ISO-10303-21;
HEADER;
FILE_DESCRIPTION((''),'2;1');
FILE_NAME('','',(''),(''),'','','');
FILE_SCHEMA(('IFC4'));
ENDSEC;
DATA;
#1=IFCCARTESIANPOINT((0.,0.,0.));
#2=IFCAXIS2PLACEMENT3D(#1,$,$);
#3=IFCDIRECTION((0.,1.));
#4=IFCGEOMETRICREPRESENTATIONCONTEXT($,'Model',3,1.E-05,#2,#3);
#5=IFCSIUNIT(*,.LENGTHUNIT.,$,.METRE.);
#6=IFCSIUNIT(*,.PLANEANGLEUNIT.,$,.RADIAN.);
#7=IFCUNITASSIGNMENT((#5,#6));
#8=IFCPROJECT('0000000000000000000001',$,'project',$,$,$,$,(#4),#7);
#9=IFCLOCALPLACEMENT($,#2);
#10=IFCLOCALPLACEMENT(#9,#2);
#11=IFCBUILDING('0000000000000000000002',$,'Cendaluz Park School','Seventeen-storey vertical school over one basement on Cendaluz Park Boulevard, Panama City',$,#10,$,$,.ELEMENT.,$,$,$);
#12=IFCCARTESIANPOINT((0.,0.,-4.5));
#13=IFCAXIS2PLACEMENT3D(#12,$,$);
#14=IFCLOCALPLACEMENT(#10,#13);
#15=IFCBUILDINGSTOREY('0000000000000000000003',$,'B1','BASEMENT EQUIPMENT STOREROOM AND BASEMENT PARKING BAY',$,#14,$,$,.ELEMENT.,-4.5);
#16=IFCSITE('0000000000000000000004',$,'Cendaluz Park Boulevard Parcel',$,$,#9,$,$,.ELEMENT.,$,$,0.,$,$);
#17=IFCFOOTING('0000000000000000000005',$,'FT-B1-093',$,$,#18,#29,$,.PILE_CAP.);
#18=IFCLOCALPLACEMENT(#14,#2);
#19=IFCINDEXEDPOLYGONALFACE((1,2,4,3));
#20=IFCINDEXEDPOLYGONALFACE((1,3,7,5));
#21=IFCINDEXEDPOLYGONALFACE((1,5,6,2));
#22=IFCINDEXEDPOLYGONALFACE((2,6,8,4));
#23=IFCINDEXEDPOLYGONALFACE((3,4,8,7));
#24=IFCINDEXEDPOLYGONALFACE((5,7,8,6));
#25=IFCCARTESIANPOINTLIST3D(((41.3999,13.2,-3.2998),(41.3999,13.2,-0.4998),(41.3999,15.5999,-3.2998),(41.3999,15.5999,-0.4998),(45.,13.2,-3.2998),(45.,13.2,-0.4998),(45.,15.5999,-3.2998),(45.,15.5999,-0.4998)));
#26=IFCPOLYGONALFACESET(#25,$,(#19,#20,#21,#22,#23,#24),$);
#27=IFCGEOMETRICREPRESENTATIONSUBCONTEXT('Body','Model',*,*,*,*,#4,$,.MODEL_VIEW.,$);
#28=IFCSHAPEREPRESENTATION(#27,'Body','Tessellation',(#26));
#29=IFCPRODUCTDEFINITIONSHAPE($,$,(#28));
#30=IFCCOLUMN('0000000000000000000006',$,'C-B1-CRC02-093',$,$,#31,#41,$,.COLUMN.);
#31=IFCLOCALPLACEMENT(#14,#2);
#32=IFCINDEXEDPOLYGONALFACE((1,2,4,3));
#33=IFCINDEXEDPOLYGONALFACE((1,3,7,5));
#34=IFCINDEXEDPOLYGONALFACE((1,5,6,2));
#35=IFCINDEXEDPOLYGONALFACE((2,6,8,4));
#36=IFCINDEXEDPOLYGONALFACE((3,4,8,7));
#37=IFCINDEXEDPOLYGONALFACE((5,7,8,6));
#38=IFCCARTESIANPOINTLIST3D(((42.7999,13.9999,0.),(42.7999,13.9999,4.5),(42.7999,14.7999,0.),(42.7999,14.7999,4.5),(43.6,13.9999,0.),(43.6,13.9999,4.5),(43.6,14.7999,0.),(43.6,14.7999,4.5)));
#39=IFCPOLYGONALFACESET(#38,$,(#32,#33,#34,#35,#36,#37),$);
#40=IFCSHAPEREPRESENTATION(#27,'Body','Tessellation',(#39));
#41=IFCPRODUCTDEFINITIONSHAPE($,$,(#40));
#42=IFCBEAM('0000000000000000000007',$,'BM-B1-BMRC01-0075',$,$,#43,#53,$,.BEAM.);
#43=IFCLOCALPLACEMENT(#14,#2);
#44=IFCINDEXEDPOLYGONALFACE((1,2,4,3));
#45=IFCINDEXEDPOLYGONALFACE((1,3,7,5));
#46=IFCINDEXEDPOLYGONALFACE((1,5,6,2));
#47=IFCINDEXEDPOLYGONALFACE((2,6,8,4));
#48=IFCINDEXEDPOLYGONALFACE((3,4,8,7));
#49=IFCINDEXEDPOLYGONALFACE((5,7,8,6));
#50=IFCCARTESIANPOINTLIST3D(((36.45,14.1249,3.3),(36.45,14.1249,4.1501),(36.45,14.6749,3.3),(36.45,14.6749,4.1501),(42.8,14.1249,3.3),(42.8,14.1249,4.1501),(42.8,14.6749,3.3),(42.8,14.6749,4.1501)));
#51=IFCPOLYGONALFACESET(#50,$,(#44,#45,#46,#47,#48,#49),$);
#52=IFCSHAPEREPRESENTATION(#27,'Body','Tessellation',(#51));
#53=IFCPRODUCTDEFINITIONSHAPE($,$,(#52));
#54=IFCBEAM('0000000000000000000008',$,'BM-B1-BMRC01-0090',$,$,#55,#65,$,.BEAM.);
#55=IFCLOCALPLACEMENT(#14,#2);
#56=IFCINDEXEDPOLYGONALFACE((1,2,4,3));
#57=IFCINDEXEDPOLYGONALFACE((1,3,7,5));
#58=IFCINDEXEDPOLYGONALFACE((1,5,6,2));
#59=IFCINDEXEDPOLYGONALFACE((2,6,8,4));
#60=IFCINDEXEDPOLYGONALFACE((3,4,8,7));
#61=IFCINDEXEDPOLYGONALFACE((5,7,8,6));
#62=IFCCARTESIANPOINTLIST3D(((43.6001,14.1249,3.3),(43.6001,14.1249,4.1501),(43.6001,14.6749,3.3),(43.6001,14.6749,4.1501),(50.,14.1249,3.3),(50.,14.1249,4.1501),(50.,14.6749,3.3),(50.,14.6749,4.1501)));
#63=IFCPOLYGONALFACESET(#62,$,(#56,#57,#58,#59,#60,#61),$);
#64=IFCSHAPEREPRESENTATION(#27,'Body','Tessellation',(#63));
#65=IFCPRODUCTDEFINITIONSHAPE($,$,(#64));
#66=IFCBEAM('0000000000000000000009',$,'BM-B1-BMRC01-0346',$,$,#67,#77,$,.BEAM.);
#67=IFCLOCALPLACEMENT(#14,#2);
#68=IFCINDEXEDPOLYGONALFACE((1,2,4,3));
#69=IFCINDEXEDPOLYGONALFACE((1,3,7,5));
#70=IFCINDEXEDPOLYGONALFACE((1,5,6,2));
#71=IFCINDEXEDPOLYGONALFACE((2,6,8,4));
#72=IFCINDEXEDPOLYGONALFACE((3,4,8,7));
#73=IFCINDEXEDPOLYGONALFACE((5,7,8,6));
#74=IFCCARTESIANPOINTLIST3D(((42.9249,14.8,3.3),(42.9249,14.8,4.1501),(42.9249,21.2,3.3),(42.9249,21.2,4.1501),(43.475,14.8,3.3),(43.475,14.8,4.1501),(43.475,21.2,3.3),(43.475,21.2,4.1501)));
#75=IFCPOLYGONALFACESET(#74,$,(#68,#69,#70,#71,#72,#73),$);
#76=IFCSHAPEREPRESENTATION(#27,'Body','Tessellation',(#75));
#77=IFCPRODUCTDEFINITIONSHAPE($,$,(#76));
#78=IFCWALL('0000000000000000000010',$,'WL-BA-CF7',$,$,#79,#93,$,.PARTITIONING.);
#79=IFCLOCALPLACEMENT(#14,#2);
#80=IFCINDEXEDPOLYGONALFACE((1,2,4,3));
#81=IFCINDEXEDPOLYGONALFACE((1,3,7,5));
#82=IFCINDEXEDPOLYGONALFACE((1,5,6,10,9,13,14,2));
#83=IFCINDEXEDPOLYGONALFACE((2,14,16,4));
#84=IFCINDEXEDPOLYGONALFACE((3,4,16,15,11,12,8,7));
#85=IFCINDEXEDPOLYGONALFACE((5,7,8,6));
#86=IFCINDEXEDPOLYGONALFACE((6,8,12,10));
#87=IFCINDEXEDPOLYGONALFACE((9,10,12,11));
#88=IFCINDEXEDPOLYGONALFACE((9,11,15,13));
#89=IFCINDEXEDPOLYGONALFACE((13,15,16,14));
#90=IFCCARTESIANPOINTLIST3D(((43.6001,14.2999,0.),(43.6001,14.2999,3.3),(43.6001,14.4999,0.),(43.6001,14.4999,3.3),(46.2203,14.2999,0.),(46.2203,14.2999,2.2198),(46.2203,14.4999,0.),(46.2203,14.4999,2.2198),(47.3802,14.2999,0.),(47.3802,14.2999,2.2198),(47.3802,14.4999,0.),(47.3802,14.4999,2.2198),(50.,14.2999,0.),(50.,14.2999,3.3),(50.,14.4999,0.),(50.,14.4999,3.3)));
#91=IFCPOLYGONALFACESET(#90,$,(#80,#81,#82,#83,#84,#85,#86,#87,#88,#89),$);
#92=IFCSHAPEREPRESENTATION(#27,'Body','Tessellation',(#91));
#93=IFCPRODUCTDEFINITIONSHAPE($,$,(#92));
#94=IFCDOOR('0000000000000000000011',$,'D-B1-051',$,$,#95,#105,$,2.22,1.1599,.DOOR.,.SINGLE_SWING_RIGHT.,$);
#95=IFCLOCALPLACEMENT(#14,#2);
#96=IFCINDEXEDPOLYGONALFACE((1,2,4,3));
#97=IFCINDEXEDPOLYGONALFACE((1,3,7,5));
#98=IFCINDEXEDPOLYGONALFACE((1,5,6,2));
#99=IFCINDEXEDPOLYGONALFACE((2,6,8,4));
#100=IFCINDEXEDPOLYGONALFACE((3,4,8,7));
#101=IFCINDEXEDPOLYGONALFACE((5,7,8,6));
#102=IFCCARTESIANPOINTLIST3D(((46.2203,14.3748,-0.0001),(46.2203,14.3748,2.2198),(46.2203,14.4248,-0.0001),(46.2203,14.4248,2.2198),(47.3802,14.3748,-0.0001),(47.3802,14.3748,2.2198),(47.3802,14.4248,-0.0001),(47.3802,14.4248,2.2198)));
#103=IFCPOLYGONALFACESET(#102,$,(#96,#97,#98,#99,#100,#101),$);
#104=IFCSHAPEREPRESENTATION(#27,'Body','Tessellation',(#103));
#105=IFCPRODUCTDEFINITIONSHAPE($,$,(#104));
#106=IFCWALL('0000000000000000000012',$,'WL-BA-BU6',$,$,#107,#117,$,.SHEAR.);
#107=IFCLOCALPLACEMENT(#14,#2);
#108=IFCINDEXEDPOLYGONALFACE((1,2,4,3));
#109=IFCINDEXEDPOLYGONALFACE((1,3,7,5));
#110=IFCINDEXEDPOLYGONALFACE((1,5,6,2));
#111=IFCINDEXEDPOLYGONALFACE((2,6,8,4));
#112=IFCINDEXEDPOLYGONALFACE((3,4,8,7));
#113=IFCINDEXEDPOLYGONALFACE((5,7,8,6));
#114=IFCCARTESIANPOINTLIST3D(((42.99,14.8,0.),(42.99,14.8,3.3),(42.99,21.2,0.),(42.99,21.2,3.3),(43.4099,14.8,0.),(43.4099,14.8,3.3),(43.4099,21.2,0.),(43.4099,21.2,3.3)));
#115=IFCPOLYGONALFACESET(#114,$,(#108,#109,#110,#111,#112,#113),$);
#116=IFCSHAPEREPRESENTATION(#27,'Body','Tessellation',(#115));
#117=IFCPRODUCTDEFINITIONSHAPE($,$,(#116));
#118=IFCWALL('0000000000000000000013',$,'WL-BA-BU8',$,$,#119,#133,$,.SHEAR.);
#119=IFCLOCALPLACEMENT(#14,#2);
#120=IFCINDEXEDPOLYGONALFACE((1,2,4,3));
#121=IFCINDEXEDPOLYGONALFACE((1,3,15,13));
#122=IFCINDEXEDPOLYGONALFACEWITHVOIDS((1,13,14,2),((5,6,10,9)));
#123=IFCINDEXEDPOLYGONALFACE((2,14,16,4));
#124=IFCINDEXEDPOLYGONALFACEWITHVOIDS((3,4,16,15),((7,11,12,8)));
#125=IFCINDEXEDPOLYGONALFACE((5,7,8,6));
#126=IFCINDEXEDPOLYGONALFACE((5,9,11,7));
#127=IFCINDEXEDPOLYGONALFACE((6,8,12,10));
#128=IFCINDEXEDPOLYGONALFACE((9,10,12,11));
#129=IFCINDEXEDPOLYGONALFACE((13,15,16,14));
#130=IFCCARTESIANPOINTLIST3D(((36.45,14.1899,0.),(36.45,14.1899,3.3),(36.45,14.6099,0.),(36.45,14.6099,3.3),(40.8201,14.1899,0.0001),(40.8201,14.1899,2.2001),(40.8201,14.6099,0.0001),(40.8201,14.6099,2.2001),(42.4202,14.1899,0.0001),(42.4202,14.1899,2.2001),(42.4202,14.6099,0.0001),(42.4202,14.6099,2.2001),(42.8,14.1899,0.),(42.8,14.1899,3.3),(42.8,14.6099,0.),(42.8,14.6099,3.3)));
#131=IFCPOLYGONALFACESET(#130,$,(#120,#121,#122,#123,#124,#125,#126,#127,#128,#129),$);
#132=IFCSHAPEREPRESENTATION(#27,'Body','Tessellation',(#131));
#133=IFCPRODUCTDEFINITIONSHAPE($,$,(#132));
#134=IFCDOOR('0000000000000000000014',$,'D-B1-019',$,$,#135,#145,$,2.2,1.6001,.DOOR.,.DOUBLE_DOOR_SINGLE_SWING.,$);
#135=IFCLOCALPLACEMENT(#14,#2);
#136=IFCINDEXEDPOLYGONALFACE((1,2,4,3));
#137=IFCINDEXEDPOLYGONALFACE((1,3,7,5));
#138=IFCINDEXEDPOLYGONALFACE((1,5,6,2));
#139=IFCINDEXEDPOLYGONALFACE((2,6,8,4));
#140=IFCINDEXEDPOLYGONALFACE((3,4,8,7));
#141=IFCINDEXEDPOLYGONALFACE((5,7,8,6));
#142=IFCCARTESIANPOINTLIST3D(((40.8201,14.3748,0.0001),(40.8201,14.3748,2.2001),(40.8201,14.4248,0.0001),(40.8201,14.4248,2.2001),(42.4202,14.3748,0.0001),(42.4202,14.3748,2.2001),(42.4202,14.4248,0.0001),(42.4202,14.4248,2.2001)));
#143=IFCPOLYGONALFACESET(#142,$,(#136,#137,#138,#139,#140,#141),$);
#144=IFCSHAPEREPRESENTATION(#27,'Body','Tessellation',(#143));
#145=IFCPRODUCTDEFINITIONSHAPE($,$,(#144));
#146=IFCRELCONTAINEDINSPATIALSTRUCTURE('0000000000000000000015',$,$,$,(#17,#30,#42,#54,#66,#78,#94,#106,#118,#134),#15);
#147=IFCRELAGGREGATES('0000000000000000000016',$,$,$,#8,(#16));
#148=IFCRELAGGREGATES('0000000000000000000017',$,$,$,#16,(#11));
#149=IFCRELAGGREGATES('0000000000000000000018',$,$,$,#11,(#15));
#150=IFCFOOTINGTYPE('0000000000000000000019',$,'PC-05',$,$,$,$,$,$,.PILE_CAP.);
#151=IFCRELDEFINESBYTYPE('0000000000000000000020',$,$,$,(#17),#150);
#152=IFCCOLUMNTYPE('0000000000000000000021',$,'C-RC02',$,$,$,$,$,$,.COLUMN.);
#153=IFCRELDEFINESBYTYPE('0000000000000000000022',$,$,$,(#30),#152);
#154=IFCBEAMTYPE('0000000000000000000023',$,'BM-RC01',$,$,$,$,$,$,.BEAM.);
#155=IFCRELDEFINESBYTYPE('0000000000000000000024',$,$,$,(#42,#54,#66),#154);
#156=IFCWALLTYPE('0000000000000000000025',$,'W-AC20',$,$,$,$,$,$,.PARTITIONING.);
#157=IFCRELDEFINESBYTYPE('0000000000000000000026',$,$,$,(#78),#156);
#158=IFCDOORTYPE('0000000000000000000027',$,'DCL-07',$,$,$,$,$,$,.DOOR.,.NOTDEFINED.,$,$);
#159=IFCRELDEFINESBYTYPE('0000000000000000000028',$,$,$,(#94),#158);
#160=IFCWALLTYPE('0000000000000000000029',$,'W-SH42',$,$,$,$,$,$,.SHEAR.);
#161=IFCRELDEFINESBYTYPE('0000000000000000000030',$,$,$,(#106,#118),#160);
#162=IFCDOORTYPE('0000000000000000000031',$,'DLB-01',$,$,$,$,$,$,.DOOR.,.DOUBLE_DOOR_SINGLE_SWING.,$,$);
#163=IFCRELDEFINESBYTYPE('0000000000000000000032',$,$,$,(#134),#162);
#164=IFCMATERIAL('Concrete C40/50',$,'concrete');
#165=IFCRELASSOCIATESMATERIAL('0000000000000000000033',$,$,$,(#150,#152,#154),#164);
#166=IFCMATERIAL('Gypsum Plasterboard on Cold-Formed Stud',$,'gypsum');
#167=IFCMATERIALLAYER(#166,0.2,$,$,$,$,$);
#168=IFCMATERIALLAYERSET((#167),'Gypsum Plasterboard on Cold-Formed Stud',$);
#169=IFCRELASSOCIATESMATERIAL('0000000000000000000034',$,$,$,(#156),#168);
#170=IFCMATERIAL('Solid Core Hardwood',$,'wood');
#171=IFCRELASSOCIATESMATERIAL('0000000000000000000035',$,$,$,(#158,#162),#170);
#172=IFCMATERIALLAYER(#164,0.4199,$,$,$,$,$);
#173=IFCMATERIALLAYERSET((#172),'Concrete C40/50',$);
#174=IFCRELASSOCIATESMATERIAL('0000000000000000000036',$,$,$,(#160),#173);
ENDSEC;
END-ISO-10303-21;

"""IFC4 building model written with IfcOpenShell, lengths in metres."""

from ifc_helpers import new_model, si_unit, direction, frame, frame_2d, origin, origin_2d, place, context, subcontext, project, spatial, rectangle, extrude, material, layer, layer_set, material_profile, profile_set, type_object, element, fill, save


model = new_model("IFC4")

# Units and contexts
model_context = context("Model", 3, precision=1e-05, world=origin(), true_north=direction((0.0, 1.0)))
body_context = subcontext(model_context, "Body", "Model", "MODEL_VIEW")
ifc_project = project(units=[si_unit("LENGTHUNIT", "METRE"), si_unit("PLANEANGLEUNIT", "RADIAN")], contexts=[model_context])

# Site, building, storey
site_placement = place(None, origin())
site = spatial("IfcSite", under=ifc_project, at=site_placement, Name="Cendaluz Park Boulevard Parcel", CompositionType="ELEMENT", RefElevation=0.0)
building_placement = place(site_placement, origin())
building = spatial("IfcBuilding", under=site, at=building_placement, Name="Cendaluz Park School", Description="Seventeen-storey vertical school over one basement on Cendaluz Park Boulevard, Panama City", CompositionType="ELEMENT")
storey_placement = place(building_placement, frame((0.0, 0.0, -4.5)))
storey = spatial("IfcBuildingStorey", under=building, at=storey_placement, Name="B1", Description="BASEMENT EQUIPMENT STOREROOM AND BASEMENT PARKING BAY", CompositionType="ELEMENT", Elevation=-4.5)

# Shared definitions
ifc_material_1 = material(Name="Concrete C40/50", Category="concrete")

# Footing
footing_type = type_object("IfcFootingType", Name="PC-05", PredefinedType="PILE_CAP", material=ifc_material_1)
for number, where, z_axis, x_axis, name in (
    (1, (43.2, 14.3999, -3.2998), (0.0, 0.0, 1.0), (1.0, 0.0, 0.0), "FT-B1-093"),
):
    element("IfcFooting", number, at=place(storey_placement, frame(where, z_axis=z_axis, x_axis=x_axis)), inside=storey, type_object=footing_type, Name=name, PredefinedType="PILE_CAP", context=body_context, shape_type="SweptSolid", body=[
        extrude(rectangle(XDim=3.6001, YDim=2.3999, at=origin_2d()), origin(), (0.0, 0.0, 1.0), 2.8),
    ])

# Column
ifc_material_profile_1 = material_profile(ifc_material_1, rectangle(XDim=0.8, YDim=0.8, at=origin_2d()), Name="RC 800x800", Category="concrete")
ifc_profile_set_1 = profile_set([ifc_material_profile_1], Name="Concrete C40/50")
column_type = type_object("IfcColumnType", Name="C-RC02", PredefinedType="COLUMN", material=ifc_profile_set_1)
column_placement = place(storey_placement, frame((43.2, 14.3999, 0.0), z_axis=(0.0, 0.0, 1.0), x_axis=(1.0, 0.0, 0.0)))
element("IfcColumn", 2, at=column_placement, inside=storey, type_object=column_type, Name="C-B1-CRC02-093", PredefinedType="COLUMN", context=body_context, shape_type="SweptSolid", body=[
    extrude(rectangle(XDim=0.8, YDim=0.8, at=origin_2d()), origin(), (0.0, 0.0, 1.0), 4.5),
])

# Beams
ifc_material_profile_2 = material_profile(ifc_material_1, rectangle(XDim=0.55, YDim=0.8501, at=origin_2d()), Name="RC 550x850", Category="concrete")
ifc_profile_set_2 = profile_set([ifc_material_profile_2], Name="Concrete C40/50")
beam_type = type_object("IfcBeamType", Name="BM-RC01", PredefinedType="BEAM", material=ifc_profile_set_2)
beam_placement = place(storey_placement, frame((36.45, 14.3999, 3.7251), z_axis=(1.0, 0.0, 0.0), x_axis=(0.0, 1.0, 0.0)))
element("IfcBeam", 3, at=beam_placement, inside=storey, type_object=beam_type, Name="BM-B1-BMRC01-0075", PredefinedType="BEAM", context=body_context, shape_type="SweptSolid", body=[
    extrude(rectangle(XDim=0.55, YDim=0.8501, at=origin_2d()), origin(), (0.0, 0.0, 1.0), 6.3501),
])
for number, where, z_axis, x_axis, name in (
    (4, (43.6001, 14.3999, 3.7251), (1.0, 0.0, 0.0), (0.0, 1.0, 0.0), "BM-B1-BMRC01-0090"),
    (5, (43.2, 14.8, 3.7251), (0.0, 1.0, 0.0), (-1.0, 0.0, 0.0), "BM-B1-BMRC01-0346"),
):
    element("IfcBeam", number, at=place(storey_placement, frame(where, z_axis=z_axis, x_axis=x_axis)), inside=storey, type_object=beam_type, Name=name, PredefinedType="BEAM", context=body_context, shape_type="SweptSolid", body=[
        extrude(rectangle(XDim=0.55, YDim=0.8501, at=origin_2d()), origin(), (0.0, 0.0, 1.0), 6.3999),
    ])

# Wall, opening, door
ifc_material_2 = material(Name="Gypsum Plasterboard on Cold-Formed Stud", Category="gypsum")
ifc_layer_1 = layer(ifc_material_2, 0.2)
ifc_layer_set_1 = layer_set([ifc_layer_1], Name="Gypsum Plasterboard on Cold-Formed Stud")
wall_type_1 = type_object("IfcWallType", Name="W-AC20", PredefinedType="PARTITIONING", material=ifc_layer_set_1)
wall_1_placement = place(storey_placement, frame((43.6001, 14.3999, 0.0), z_axis=(0.0, 0.0, 1.0), x_axis=(1.0, 0.0, 0.0)))
wall_1 = element("IfcWall", 6, at=wall_1_placement, inside=storey, type_object=wall_type_1, Name="WL-BA-CF7", PredefinedType="PARTITIONING", context=body_context, shape_type="SweptSolid", body=[
    extrude(rectangle(XDim=6.3999, YDim=0.2, at=frame_2d((3.2, 0.0))), origin(), (0.0, 0.0, 1.0), 3.3),
])
opening_1_placement = place(wall_1_placement, frame((2.6201, 0.0, 0.0)))
opening_1 = element("IfcOpeningElement", 7, at=opening_1_placement, cuts=wall_1, PredefinedType="OPENING", context=body_context, shape_type="SweptSolid", body=[
    extrude(rectangle(XDim=1.1599, YDim=2.22, at=frame_2d((0.5801, 1.1099))), frame((0.0, 0.1121, 0.0), z_axis=(0.0, -1.0, 0.0), x_axis=(1.0, 0.0, 0.0)), (0.0, 0.0, 1.0), 0.2239),
])
ifc_material_3 = material(Name="Solid Core Hardwood", Category="wood")
door_type_1 = type_object("IfcDoorType", Name="DCL-07", OperationType="NOTDEFINED", PredefinedType="DOOR", material=ifc_material_3)
door_1_placement = place(opening_1_placement, origin())
door_1 = element("IfcDoor", 8, at=door_1_placement, inside=storey, type_object=door_type_1, Name="D-B1-051", OperationType="SINGLE_SWING_RIGHT", OverallHeight=2.22, OverallWidth=1.1599, PredefinedType="DOOR", context=body_context, shape_type="SweptSolid", body=[
    extrude(rectangle(XDim=1.1599, YDim=2.22, at=frame_2d((0.5801, 1.1099))), frame((0.0, 0.0249, 0.0), z_axis=(0.0, -1.0, 0.0), x_axis=(1.0, 0.0, 0.0)), (0.0, 0.0, 1.0), 0.05),
])
fill(opening_1, door_1)

# Wall
ifc_layer_2 = layer(ifc_material_1, 0.4199)
ifc_layer_set_2 = layer_set([ifc_layer_2], Name="Concrete C40/50")
wall_type_2 = type_object("IfcWallType", Name="W-SH42", PredefinedType="SHEAR", material=ifc_layer_set_2)
wall_2_placement = place(storey_placement, frame((43.2, 14.8, 0.0), z_axis=(0.0, 0.0, 1.0), x_axis=(0.0, 1.0, 0.0)))
element("IfcWall", 9, at=wall_2_placement, inside=storey, type_object=wall_type_2, Name="WL-BA-BU6", PredefinedType="SHEAR", context=body_context, shape_type="SweptSolid", body=[
    extrude(rectangle(XDim=6.3999, YDim=0.4199, at=frame_2d((3.2, 0.0))), origin(), (0.0, 0.0, 1.0), 3.3),
])

# Wall, opening, door
wall_3_placement = place(storey_placement, frame((36.45, 14.3999, 0.0), z_axis=(0.0, 0.0, 1.0), x_axis=(1.0, 0.0, 0.0)))
wall_3 = element("IfcWall", 10, at=wall_3_placement, inside=storey, type_object=wall_type_2, Name="WL-BA-BU8", PredefinedType="SHEAR", context=body_context, shape_type="SweptSolid", body=[
    extrude(rectangle(XDim=6.3501, YDim=0.4199, at=frame_2d((3.175, 0.0))), origin(), (0.0, 0.0, 1.0), 3.3),
])
opening_2_placement = place(wall_3_placement, frame((4.3701, 0.0, 0.0)))
opening_2 = element("IfcOpeningElement", 11, at=opening_2_placement, cuts=wall_3, PredefinedType="OPENING", context=body_context, shape_type="SweptSolid", body=[
    extrude(rectangle(XDim=1.6001, YDim=2.2, at=frame_2d((0.8, 1.1001))), frame((0.0, 0.2219, 0.0), z_axis=(0.0, -1.0, 0.0), x_axis=(1.0, 0.0, 0.0)), (0.0, 0.0, 1.0), 0.4438),
])
door_type_2 = type_object("IfcDoorType", Name="DLB-01", OperationType="DOUBLE_DOOR_SINGLE_SWING", PredefinedType="DOOR", material=ifc_material_3)
door_2_placement = place(opening_2_placement, origin())
door_2 = element("IfcDoor", 12, at=door_2_placement, inside=storey, type_object=door_type_2, Name="D-B1-019", OperationType="DOUBLE_DOOR_SINGLE_SWING", OverallHeight=2.2, OverallWidth=1.6001, PredefinedType="DOOR", context=body_context, shape_type="SweptSolid", body=[
    extrude(rectangle(XDim=1.6001, YDim=2.2, at=frame_2d((0.8, 1.1001))), frame((0.0, 0.0249, 0.0), z_axis=(0.0, -1.0, 0.0), x_axis=(1.0, 0.0, 0.0)), (0.0, 0.0, 1.0), 0.05),
])
fill(opening_2, door_2)

save(model, "model.ifc")
